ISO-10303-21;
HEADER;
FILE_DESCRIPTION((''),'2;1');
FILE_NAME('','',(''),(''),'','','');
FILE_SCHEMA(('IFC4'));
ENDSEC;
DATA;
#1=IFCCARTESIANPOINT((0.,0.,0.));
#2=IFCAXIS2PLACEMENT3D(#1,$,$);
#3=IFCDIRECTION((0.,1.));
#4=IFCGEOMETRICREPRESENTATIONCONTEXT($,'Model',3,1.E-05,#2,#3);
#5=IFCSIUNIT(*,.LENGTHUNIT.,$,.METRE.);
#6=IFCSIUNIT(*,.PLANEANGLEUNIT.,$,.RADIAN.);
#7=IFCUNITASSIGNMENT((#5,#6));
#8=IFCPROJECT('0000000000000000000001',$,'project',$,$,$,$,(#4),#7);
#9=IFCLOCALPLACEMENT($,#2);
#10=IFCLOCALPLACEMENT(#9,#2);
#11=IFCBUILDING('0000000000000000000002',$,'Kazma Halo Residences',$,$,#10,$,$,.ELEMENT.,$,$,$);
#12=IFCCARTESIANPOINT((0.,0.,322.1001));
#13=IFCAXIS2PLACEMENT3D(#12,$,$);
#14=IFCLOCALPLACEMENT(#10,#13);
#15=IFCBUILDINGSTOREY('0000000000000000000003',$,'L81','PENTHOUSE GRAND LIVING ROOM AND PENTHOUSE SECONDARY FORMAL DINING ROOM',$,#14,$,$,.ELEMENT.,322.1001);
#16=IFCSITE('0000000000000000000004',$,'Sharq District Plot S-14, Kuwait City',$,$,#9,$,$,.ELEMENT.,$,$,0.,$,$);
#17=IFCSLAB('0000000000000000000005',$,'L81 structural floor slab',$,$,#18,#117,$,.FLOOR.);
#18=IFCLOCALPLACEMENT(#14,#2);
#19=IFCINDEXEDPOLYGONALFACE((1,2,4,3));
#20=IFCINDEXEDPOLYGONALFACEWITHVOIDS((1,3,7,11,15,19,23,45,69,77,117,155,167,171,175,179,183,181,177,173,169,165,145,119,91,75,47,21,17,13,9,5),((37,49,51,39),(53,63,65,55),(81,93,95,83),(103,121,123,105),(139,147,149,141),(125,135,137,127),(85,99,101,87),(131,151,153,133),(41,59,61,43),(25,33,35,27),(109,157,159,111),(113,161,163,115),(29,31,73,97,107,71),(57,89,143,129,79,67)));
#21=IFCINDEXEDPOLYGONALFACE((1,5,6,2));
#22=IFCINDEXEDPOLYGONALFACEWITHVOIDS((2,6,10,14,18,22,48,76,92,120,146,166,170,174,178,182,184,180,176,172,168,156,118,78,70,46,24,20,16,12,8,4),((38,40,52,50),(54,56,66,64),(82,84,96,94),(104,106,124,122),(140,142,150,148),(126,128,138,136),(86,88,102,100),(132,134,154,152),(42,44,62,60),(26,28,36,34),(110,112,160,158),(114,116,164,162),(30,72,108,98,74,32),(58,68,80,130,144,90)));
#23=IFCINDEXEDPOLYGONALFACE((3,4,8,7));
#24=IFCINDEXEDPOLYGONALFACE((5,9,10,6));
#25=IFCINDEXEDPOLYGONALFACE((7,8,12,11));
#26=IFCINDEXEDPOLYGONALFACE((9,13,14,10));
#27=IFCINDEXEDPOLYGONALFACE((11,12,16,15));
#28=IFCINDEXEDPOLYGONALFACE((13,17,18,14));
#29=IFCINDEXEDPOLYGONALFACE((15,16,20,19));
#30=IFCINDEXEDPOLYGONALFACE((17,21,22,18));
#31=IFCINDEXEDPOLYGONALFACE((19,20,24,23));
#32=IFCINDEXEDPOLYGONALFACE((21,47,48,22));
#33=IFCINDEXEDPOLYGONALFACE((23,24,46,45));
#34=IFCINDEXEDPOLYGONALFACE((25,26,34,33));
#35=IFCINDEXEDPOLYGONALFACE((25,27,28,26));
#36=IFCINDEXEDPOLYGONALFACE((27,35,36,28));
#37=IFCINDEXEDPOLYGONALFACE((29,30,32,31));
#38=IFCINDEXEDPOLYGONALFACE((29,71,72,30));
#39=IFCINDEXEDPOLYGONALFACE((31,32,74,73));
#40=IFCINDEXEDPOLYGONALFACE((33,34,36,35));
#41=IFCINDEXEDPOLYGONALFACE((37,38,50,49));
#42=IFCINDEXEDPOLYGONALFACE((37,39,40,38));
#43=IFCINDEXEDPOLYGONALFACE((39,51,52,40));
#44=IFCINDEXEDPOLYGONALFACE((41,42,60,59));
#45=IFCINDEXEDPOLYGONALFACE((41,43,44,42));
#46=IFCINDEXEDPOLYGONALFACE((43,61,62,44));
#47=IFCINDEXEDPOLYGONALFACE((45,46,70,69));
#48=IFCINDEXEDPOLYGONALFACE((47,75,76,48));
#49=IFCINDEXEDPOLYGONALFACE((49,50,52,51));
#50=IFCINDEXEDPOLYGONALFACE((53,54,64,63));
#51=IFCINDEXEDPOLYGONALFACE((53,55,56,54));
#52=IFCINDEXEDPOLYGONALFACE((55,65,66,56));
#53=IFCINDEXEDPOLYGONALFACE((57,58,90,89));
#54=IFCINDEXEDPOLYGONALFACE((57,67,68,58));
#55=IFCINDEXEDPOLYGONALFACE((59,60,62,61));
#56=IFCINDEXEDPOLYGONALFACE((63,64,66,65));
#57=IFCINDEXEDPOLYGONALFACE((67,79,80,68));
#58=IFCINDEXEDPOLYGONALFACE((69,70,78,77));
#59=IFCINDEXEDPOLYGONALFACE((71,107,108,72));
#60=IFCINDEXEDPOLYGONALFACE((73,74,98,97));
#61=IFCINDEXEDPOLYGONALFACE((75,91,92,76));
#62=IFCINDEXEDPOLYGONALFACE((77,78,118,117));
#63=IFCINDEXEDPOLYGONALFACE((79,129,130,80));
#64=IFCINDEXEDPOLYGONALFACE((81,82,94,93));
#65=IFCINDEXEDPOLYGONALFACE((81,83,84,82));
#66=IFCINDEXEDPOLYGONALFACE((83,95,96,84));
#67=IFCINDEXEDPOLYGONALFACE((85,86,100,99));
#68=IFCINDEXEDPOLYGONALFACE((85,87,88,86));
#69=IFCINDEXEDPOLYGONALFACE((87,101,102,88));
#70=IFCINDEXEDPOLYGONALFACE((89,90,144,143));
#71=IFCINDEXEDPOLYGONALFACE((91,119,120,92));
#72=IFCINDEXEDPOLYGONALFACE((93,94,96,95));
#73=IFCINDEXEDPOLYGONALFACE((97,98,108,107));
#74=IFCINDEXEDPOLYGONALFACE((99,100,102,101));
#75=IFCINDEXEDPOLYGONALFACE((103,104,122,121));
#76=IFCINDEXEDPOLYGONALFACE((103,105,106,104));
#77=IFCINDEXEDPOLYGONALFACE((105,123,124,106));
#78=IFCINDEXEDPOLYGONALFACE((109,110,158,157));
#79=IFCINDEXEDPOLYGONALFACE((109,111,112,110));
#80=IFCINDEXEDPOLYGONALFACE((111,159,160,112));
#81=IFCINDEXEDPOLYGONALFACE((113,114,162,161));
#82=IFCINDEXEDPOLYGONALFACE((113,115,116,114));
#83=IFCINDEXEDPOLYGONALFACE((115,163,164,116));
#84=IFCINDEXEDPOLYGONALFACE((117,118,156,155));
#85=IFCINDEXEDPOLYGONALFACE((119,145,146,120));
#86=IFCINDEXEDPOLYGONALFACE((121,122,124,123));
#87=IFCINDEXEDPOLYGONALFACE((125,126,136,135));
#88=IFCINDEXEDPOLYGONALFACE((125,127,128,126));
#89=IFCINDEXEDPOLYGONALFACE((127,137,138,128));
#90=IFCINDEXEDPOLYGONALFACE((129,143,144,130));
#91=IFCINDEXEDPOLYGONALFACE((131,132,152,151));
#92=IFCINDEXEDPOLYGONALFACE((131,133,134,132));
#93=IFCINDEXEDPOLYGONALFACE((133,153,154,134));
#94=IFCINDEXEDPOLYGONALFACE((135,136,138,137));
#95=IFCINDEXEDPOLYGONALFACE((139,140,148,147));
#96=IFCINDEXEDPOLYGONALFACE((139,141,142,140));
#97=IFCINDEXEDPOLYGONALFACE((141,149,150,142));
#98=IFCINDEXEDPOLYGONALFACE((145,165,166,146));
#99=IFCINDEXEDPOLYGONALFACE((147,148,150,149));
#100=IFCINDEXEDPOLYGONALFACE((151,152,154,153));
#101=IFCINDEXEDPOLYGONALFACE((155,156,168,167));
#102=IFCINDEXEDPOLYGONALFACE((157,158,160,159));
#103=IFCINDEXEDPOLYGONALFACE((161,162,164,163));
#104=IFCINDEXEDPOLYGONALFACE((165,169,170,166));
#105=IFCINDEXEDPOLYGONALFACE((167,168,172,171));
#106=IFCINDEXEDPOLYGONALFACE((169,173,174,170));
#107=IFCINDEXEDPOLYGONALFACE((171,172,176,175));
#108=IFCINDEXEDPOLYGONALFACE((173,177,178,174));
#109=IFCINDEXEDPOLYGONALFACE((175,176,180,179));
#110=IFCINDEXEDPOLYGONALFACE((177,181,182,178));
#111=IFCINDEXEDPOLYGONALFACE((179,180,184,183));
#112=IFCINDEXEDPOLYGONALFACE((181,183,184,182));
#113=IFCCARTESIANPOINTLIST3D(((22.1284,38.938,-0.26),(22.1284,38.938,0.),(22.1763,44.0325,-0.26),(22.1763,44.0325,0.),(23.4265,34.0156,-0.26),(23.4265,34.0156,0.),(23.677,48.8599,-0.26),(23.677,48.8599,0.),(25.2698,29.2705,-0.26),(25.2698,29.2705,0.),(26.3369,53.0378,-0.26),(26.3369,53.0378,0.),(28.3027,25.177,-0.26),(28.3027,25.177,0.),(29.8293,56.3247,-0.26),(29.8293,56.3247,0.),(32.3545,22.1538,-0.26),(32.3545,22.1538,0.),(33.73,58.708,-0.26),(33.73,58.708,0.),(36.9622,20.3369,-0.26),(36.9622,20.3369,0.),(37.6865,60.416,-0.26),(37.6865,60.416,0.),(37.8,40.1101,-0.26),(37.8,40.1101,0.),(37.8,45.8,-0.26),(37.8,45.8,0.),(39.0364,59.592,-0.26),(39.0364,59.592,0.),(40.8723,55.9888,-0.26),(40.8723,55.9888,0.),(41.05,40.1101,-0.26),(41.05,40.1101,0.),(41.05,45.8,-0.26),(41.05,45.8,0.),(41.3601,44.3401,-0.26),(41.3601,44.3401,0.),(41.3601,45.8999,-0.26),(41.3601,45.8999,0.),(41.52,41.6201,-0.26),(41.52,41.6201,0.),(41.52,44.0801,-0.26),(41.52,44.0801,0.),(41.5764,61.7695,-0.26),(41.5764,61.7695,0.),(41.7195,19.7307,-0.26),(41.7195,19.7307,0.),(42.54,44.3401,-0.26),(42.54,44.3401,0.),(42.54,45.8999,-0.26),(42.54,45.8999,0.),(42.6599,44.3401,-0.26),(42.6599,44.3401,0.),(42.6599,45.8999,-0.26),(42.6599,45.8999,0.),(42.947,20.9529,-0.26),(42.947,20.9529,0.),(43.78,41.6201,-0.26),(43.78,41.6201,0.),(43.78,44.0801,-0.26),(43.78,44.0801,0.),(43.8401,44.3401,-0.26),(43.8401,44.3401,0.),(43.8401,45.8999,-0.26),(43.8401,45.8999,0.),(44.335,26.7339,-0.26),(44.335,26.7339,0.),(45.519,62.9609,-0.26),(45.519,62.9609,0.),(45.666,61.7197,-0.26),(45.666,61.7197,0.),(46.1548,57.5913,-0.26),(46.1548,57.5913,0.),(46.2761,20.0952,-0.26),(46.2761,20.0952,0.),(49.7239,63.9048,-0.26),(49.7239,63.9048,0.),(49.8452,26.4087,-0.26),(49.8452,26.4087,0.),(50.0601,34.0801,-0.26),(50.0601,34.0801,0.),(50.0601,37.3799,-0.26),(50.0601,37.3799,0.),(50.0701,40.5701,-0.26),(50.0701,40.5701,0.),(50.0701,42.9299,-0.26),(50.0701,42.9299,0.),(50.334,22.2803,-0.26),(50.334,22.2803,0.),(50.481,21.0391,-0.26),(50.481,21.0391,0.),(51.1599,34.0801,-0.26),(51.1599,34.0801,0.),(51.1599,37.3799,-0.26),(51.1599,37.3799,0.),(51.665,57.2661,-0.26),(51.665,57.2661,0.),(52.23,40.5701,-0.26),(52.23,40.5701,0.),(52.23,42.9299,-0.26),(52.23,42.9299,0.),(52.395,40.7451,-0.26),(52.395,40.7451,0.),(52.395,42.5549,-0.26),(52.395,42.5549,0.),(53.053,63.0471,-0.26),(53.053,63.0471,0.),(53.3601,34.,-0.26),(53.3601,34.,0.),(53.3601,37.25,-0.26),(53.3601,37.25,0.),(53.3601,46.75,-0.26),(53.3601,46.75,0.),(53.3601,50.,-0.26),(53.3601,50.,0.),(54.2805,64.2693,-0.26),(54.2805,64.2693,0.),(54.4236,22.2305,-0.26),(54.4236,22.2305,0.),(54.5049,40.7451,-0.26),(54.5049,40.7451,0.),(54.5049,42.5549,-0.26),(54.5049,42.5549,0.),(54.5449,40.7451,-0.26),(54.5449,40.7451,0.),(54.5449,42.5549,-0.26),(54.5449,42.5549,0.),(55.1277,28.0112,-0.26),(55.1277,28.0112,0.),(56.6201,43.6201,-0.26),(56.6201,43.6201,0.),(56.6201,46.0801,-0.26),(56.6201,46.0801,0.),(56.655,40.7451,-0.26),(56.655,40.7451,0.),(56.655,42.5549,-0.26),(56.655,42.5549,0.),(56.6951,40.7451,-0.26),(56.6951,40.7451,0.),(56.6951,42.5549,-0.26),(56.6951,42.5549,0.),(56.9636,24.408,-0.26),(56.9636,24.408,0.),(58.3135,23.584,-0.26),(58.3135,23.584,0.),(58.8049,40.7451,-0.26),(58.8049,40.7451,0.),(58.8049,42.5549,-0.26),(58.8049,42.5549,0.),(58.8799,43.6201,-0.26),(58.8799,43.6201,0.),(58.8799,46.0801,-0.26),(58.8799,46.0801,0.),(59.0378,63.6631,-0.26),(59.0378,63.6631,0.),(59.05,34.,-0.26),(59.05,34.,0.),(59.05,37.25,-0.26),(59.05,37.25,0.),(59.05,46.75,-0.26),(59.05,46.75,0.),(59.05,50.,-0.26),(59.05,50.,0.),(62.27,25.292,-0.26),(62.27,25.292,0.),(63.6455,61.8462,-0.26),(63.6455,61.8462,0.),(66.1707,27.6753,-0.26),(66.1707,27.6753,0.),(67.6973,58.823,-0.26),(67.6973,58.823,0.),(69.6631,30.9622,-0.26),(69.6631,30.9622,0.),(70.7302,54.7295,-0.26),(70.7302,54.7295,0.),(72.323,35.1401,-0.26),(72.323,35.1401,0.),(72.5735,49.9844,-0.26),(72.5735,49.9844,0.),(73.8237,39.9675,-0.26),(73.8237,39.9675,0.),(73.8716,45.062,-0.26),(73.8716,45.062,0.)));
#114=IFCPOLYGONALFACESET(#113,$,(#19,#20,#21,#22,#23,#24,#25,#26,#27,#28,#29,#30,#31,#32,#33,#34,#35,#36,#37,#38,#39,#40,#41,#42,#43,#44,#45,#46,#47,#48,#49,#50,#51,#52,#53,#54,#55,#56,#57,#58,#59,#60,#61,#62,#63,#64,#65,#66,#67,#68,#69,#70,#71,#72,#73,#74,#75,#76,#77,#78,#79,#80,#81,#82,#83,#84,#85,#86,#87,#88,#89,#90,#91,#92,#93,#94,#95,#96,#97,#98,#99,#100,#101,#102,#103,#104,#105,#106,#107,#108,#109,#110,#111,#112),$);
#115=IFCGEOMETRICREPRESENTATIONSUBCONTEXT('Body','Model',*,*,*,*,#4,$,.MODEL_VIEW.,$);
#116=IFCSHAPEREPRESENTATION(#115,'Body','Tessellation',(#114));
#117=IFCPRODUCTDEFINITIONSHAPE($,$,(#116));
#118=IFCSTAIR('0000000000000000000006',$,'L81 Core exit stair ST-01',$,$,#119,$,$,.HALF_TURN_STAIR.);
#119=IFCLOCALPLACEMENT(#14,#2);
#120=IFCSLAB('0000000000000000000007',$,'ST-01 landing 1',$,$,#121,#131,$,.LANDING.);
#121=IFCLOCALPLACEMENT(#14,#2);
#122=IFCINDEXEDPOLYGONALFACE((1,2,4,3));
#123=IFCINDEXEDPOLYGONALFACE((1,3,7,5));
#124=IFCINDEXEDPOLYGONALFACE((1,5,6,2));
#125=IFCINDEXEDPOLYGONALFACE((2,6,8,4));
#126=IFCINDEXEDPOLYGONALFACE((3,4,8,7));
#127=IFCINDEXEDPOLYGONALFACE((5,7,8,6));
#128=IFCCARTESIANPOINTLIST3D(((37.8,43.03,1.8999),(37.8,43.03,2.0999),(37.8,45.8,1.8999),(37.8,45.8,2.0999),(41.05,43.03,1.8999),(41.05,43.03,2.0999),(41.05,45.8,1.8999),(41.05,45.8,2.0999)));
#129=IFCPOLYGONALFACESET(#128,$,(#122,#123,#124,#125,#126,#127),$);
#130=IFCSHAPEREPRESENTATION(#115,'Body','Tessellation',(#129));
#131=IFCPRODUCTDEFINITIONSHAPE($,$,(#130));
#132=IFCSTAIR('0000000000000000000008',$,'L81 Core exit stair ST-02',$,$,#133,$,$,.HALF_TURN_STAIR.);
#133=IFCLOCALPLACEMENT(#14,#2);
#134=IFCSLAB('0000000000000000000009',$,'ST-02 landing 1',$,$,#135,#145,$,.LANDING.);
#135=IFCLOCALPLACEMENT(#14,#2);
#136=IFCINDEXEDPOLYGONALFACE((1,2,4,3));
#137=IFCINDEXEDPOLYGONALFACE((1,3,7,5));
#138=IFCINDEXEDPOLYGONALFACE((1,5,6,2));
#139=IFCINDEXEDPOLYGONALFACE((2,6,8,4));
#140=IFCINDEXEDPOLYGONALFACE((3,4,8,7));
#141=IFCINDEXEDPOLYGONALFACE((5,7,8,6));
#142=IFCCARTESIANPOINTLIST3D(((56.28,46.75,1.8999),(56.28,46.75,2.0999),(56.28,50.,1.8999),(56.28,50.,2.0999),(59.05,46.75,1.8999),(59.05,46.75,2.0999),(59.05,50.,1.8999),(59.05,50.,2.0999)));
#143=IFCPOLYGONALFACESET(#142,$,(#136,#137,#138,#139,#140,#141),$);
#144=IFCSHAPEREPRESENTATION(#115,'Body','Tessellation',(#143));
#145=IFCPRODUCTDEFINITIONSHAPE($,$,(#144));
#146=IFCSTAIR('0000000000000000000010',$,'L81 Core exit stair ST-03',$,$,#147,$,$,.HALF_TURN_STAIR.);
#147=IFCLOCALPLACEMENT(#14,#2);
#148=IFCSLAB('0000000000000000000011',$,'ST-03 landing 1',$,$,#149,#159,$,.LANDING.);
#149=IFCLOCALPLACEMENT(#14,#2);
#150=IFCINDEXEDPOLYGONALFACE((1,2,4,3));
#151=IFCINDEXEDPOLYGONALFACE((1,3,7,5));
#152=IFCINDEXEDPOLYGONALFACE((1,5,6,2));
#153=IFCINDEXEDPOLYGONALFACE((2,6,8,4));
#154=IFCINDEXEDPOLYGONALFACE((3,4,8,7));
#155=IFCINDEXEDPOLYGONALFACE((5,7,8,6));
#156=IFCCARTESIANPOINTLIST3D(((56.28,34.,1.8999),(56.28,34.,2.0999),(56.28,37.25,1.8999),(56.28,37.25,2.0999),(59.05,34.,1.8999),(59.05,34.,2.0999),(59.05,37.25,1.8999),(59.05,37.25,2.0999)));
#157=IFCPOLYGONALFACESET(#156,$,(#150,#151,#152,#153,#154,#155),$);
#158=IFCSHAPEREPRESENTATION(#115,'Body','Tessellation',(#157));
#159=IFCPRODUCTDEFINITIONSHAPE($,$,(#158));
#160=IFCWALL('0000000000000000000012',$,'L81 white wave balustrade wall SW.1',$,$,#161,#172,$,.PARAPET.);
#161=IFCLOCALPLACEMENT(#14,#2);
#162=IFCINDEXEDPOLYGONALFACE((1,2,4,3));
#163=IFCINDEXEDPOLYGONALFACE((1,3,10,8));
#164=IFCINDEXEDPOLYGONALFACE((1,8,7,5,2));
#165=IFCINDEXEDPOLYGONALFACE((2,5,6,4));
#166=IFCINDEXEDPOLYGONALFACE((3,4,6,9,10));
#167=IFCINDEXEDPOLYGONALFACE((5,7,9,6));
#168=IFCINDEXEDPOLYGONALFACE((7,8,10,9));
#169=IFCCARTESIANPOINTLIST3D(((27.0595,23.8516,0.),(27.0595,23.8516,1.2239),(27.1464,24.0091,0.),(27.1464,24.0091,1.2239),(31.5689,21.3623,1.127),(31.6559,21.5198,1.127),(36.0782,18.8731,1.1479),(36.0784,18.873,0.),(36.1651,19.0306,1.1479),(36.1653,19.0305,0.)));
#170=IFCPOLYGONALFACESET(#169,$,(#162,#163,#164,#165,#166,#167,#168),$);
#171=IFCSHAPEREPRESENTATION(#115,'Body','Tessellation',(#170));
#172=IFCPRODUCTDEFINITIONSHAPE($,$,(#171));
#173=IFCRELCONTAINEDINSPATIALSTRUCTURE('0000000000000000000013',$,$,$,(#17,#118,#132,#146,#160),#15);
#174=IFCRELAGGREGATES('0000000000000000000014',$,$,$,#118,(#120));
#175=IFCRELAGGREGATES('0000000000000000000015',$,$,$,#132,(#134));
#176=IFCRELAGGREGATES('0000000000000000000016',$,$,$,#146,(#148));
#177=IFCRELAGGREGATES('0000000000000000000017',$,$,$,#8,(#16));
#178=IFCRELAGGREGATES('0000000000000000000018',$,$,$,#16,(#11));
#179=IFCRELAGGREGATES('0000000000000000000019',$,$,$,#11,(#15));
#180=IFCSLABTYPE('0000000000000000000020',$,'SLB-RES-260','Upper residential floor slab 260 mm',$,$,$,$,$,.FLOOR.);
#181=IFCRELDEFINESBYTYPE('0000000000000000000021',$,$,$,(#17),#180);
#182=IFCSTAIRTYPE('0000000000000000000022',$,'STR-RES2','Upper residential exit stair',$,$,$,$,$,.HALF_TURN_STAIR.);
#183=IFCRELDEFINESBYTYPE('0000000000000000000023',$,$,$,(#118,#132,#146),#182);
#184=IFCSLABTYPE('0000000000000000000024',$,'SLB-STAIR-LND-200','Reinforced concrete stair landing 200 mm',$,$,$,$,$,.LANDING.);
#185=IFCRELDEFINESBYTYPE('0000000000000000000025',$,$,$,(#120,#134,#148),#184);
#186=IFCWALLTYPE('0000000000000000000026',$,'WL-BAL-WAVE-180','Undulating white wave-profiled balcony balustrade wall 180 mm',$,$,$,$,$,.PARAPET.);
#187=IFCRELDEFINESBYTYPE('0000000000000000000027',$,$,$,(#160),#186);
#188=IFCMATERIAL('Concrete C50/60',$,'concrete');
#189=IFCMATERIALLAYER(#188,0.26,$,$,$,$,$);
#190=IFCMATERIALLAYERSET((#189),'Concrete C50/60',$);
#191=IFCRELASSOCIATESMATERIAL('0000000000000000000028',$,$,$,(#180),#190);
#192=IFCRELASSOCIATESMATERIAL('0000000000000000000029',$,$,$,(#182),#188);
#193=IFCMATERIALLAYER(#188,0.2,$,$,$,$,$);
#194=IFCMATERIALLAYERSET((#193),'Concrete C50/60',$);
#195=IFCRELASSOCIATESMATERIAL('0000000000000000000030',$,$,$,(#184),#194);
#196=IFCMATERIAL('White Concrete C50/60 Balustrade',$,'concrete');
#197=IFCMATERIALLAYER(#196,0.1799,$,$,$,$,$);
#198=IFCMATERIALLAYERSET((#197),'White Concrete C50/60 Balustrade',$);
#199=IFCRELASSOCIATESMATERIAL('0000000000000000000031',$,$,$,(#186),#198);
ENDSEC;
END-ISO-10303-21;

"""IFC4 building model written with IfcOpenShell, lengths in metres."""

from ifc_helpers import new_model, si_unit, direction, frame, origin, place, context, subcontext, project, spatial, polyline, outline, extrude, material, layer, layer_set, type_object, element, aggregate, save


model = new_model("IFC4")

# Units and contexts
model_context = context("Model", 3, precision=1e-05, world=origin(), true_north=direction((0.0, 1.0)))
body_context = subcontext(model_context, "Body", "Model", "MODEL_VIEW")
ifc_project = project(units=[si_unit("LENGTHUNIT", "METRE"), si_unit("PLANEANGLEUNIT", "RADIAN")], contexts=[model_context])

# Site, building, storey
site_placement = place(None, origin())
site = spatial("IfcSite", under=ifc_project, at=site_placement, Name="Sharq District Plot S-14, Kuwait City", CompositionType="ELEMENT", RefElevation=0.0)
building_placement = place(site_placement, origin())
building = spatial("IfcBuilding", under=site, at=building_placement, Name="Kazma Halo Residences", CompositionType="ELEMENT")
storey_placement = place(building_placement, frame((0.0, 0.0, 322.1001)))
storey = spatial("IfcBuildingStorey", under=building, at=storey_placement, Name="L81", Description="PENTHOUSE GRAND LIVING ROOM AND PENTHOUSE SECONDARY FORMAL DINING ROOM", CompositionType="ELEMENT", Elevation=322.1001)

# Slab
ifc_material_1 = material(Name="Concrete C50/60", Category="concrete")
ifc_layer_1 = layer(ifc_material_1, 0.26)
ifc_layer_set_1 = layer_set([ifc_layer_1], Name="Concrete C50/60")
slab_type_1 = type_object("IfcSlabType", Name="SLB-RES-260", Description="Upper residential floor slab 260 mm", PredefinedType="FLOOR", material=ifc_layer_set_1)
slab_1_placement = place(storey_placement, frame((0.0, 0.0, -0.26)))
element("IfcSlab", 1, at=slab_1_placement, inside=storey, type_object=slab_type_1, Name="L81 structural floor slab", PredefinedType="FLOOR", context=body_context, shape_type="SweptSolid", body=[
    extrude(outline(polyline([(72.5735, 49.9844), (70.7302, 54.7295), (67.6973, 58.823), (63.6455, 61.8462), (59.0378, 63.6631), (54.2805, 64.2693), (49.7239, 63.9048), (45.519, 62.9609), (41.5764, 61.7695), (37.6865, 60.416), (33.73, 58.708), (29.8293, 56.3247), (26.3369, 53.0378), (23.677, 48.8599), (22.1763, 44.0325), (22.1284, 38.938), (23.4265, 34.0156), (25.2698, 29.2705), (28.3027, 25.177), (32.3545, 22.1538), (36.9622, 20.3369), (41.7195, 19.7307), (46.2761, 20.0952), (50.481, 21.0391), (54.4236, 22.2305), (58.3135, 23.584), (62.27, 25.292), (66.1707, 27.6753), (69.6631, 30.9622), (72.323, 35.1401), (73.8237, 39.9675), (73.8716, 45.062), (72.5735, 49.9844)]), holes=[polyline([(37.8, 40.1101), (41.05, 40.1101), (41.05, 45.8), (37.8, 45.8), (37.8, 40.1101)]), polyline([(53.3601, 46.75), (59.05, 46.75), (59.05, 50.0), (53.3601, 50.0), (53.3601, 46.75)]), polyline([(53.3601, 34.0), (59.05, 34.0), (59.05, 37.25), (53.3601, 37.25), (53.3601, 34.0)]), polyline([(41.52, 41.6201), (43.78, 41.6201), (43.78, 44.0801), (41.52, 44.0801), (41.52, 41.6201)]), polyline([(56.6201, 43.6201), (58.8799, 43.6201), (58.8799, 46.0801), (56.6201, 46.0801), (56.6201, 43.6201)]), polyline([(52.395, 40.7451), (54.5049, 40.7451), (54.5049, 42.5549), (52.395, 42.5549), (52.395, 40.7451)]), polyline([(54.5449, 40.7451), (56.655, 40.7451), (56.655, 42.5549), (54.5449, 42.5549), (54.5449, 40.7451)]), polyline([(56.6951, 40.7451), (58.8049, 40.7451), (58.8049, 42.5549), (56.6951, 42.5549), (56.6951, 40.7451)]), polyline([(50.0701, 40.5701), (52.23, 40.5701), (52.23, 42.9299), (50.0701, 42.9299), (50.0701, 40.5701)]), polyline([(41.3601, 44.3401), (42.54, 44.3401), (42.54, 45.8999), (41.3601, 45.8999), (41.3601, 44.3401)]), polyline([(42.6599, 44.3401), (43.8401, 44.3401), (43.8401, 45.8999), (42.6599, 45.8999), (42.6599, 44.3401)]), polyline([(50.0601, 34.0801), (51.1599, 34.0801), (51.1599, 37.3799), (50.0601, 37.3799), (50.0601, 34.0801)]), polyline([(51.665, 57.2661), (46.1548, 57.5913), (40.8723, 55.9888), (39.0364, 59.592), (45.666, 61.7197), (53.053, 63.0471), (51.665, 57.2661)]), polyline([(44.335, 26.7339), (49.8452, 26.4087), (55.1277, 28.0112), (56.9636, 24.408), (50.334, 22.2803), (42.947, 20.9529), (44.335, 26.7339)])]), origin(), (0.0, 0.0, 1.0), 0.26),
])

# Stairs, slabs
stair_type = type_object("IfcStairType", Name="STR-RES2", Description="Upper residential exit stair", PredefinedType="HALF_TURN_STAIR", material=ifc_material_1)
stair_1_placement = place(storey_placement, origin())
stair_1 = element("IfcStair", 2, at=stair_1_placement, inside=storey, type_object=stair_type, Name="L81 Core exit stair ST-01", PredefinedType="HALF_TURN_STAIR")
ifc_layer_2 = layer(ifc_material_1, 0.2)
ifc_layer_set_2 = layer_set([ifc_layer_2], Name="Concrete C50/60")
slab_type_2 = type_object("IfcSlabType", Name="SLB-STAIR-LND-200", Description="Reinforced concrete stair landing 200 mm", PredefinedType="LANDING", material=ifc_layer_set_2)
slab_2_placement = place(storey_placement, frame((0.0, 0.0, 1.8999)))
slab_2 = element("IfcSlab", 3, at=slab_2_placement, type_object=slab_type_2, Name="ST-01 landing 1", PredefinedType="LANDING", context=body_context, shape_type="SweptSolid", body=[
    extrude(outline(polyline([(41.05, 43.03), (41.05, 45.8), (37.8, 45.8), (37.8, 43.03), (41.05, 43.03)])), origin(), (0.0, 0.0, 1.0), 0.2),
])
aggregate(stair_1, [slab_2])
stair_2_placement = place(storey_placement, origin())
stair_2 = element("IfcStair", 4, at=stair_2_placement, inside=storey, type_object=stair_type, Name="L81 Core exit stair ST-02", PredefinedType="HALF_TURN_STAIR")
slab_3_placement = place(storey_placement, frame((0.0, 0.0, 1.8999)))
slab_3 = element("IfcSlab", 5, at=slab_3_placement, type_object=slab_type_2, Name="ST-02 landing 1", PredefinedType="LANDING", context=body_context, shape_type="SweptSolid", body=[
    extrude(outline(polyline([(56.28, 46.75), (59.05, 46.75), (59.05, 50.0), (56.28, 50.0), (56.28, 46.75)])), origin(), (0.0, 0.0, 1.0), 0.2),
])
aggregate(stair_2, [slab_3])
stair_3_placement = place(storey_placement, origin())
stair_3 = element("IfcStair", 6, at=stair_3_placement, inside=storey, type_object=stair_type, Name="L81 Core exit stair ST-03", PredefinedType="HALF_TURN_STAIR")
slab_4_placement = place(storey_placement, frame((0.0, 0.0, 1.8999)))
slab_4 = element("IfcSlab", 7, at=slab_4_placement, type_object=slab_type_2, Name="ST-03 landing 1", PredefinedType="LANDING", context=body_context, shape_type="SweptSolid", body=[
    extrude(outline(polyline([(56.28, 34.0), (59.05, 34.0), (59.05, 37.25), (56.28, 37.25), (56.28, 34.0)])), origin(), (0.0, 0.0, 1.0), 0.2),
])
aggregate(stair_3, [slab_4])

# Wall
ifc_material_2 = material(Name="White Concrete C50/60 Balustrade", Category="concrete")
ifc_layer_3 = layer(ifc_material_2, 0.1799)
ifc_layer_set_3 = layer_set([ifc_layer_3], Name="White Concrete C50/60 Balustrade")
wall_type_1 = type_object("IfcWallType", Name="WL-BAL-WAVE-180", Description="Undulating white wave-profiled balcony balustrade wall 180 mm", PredefinedType="PARAPET", material=ifc_layer_set_3)
wall_1_placement = place(storey_placement, frame((27.103, 23.9304, 0.0), z_axis=(0.0, 0.0, 1.0), x_axis=(0.87547, -0.483273, 0.0)))
element("IfcWall", 8, at=wall_1_placement, inside=storey, type_object=wall_type_1, Name="L81 white wave balustrade wall SW.1", PredefinedType="PARAPET", context=body_context, shape_type="SweptSolid", body=[
    extrude(outline(polyline([(0.0, 0.0), (10.3018, 0.0), (10.3015, 1.1479), (5.1509, 1.127), (0.0, 1.2239), (0.0, 0.0)])), frame((0.0, 0.0898, 0.0), z_axis=(0.0, -1.0, 0.0), x_axis=(1.0, 0.0, 0.0)), (0.0, 0.0, 1.0), 0.1799),
])

save(model, "model.ifc")
